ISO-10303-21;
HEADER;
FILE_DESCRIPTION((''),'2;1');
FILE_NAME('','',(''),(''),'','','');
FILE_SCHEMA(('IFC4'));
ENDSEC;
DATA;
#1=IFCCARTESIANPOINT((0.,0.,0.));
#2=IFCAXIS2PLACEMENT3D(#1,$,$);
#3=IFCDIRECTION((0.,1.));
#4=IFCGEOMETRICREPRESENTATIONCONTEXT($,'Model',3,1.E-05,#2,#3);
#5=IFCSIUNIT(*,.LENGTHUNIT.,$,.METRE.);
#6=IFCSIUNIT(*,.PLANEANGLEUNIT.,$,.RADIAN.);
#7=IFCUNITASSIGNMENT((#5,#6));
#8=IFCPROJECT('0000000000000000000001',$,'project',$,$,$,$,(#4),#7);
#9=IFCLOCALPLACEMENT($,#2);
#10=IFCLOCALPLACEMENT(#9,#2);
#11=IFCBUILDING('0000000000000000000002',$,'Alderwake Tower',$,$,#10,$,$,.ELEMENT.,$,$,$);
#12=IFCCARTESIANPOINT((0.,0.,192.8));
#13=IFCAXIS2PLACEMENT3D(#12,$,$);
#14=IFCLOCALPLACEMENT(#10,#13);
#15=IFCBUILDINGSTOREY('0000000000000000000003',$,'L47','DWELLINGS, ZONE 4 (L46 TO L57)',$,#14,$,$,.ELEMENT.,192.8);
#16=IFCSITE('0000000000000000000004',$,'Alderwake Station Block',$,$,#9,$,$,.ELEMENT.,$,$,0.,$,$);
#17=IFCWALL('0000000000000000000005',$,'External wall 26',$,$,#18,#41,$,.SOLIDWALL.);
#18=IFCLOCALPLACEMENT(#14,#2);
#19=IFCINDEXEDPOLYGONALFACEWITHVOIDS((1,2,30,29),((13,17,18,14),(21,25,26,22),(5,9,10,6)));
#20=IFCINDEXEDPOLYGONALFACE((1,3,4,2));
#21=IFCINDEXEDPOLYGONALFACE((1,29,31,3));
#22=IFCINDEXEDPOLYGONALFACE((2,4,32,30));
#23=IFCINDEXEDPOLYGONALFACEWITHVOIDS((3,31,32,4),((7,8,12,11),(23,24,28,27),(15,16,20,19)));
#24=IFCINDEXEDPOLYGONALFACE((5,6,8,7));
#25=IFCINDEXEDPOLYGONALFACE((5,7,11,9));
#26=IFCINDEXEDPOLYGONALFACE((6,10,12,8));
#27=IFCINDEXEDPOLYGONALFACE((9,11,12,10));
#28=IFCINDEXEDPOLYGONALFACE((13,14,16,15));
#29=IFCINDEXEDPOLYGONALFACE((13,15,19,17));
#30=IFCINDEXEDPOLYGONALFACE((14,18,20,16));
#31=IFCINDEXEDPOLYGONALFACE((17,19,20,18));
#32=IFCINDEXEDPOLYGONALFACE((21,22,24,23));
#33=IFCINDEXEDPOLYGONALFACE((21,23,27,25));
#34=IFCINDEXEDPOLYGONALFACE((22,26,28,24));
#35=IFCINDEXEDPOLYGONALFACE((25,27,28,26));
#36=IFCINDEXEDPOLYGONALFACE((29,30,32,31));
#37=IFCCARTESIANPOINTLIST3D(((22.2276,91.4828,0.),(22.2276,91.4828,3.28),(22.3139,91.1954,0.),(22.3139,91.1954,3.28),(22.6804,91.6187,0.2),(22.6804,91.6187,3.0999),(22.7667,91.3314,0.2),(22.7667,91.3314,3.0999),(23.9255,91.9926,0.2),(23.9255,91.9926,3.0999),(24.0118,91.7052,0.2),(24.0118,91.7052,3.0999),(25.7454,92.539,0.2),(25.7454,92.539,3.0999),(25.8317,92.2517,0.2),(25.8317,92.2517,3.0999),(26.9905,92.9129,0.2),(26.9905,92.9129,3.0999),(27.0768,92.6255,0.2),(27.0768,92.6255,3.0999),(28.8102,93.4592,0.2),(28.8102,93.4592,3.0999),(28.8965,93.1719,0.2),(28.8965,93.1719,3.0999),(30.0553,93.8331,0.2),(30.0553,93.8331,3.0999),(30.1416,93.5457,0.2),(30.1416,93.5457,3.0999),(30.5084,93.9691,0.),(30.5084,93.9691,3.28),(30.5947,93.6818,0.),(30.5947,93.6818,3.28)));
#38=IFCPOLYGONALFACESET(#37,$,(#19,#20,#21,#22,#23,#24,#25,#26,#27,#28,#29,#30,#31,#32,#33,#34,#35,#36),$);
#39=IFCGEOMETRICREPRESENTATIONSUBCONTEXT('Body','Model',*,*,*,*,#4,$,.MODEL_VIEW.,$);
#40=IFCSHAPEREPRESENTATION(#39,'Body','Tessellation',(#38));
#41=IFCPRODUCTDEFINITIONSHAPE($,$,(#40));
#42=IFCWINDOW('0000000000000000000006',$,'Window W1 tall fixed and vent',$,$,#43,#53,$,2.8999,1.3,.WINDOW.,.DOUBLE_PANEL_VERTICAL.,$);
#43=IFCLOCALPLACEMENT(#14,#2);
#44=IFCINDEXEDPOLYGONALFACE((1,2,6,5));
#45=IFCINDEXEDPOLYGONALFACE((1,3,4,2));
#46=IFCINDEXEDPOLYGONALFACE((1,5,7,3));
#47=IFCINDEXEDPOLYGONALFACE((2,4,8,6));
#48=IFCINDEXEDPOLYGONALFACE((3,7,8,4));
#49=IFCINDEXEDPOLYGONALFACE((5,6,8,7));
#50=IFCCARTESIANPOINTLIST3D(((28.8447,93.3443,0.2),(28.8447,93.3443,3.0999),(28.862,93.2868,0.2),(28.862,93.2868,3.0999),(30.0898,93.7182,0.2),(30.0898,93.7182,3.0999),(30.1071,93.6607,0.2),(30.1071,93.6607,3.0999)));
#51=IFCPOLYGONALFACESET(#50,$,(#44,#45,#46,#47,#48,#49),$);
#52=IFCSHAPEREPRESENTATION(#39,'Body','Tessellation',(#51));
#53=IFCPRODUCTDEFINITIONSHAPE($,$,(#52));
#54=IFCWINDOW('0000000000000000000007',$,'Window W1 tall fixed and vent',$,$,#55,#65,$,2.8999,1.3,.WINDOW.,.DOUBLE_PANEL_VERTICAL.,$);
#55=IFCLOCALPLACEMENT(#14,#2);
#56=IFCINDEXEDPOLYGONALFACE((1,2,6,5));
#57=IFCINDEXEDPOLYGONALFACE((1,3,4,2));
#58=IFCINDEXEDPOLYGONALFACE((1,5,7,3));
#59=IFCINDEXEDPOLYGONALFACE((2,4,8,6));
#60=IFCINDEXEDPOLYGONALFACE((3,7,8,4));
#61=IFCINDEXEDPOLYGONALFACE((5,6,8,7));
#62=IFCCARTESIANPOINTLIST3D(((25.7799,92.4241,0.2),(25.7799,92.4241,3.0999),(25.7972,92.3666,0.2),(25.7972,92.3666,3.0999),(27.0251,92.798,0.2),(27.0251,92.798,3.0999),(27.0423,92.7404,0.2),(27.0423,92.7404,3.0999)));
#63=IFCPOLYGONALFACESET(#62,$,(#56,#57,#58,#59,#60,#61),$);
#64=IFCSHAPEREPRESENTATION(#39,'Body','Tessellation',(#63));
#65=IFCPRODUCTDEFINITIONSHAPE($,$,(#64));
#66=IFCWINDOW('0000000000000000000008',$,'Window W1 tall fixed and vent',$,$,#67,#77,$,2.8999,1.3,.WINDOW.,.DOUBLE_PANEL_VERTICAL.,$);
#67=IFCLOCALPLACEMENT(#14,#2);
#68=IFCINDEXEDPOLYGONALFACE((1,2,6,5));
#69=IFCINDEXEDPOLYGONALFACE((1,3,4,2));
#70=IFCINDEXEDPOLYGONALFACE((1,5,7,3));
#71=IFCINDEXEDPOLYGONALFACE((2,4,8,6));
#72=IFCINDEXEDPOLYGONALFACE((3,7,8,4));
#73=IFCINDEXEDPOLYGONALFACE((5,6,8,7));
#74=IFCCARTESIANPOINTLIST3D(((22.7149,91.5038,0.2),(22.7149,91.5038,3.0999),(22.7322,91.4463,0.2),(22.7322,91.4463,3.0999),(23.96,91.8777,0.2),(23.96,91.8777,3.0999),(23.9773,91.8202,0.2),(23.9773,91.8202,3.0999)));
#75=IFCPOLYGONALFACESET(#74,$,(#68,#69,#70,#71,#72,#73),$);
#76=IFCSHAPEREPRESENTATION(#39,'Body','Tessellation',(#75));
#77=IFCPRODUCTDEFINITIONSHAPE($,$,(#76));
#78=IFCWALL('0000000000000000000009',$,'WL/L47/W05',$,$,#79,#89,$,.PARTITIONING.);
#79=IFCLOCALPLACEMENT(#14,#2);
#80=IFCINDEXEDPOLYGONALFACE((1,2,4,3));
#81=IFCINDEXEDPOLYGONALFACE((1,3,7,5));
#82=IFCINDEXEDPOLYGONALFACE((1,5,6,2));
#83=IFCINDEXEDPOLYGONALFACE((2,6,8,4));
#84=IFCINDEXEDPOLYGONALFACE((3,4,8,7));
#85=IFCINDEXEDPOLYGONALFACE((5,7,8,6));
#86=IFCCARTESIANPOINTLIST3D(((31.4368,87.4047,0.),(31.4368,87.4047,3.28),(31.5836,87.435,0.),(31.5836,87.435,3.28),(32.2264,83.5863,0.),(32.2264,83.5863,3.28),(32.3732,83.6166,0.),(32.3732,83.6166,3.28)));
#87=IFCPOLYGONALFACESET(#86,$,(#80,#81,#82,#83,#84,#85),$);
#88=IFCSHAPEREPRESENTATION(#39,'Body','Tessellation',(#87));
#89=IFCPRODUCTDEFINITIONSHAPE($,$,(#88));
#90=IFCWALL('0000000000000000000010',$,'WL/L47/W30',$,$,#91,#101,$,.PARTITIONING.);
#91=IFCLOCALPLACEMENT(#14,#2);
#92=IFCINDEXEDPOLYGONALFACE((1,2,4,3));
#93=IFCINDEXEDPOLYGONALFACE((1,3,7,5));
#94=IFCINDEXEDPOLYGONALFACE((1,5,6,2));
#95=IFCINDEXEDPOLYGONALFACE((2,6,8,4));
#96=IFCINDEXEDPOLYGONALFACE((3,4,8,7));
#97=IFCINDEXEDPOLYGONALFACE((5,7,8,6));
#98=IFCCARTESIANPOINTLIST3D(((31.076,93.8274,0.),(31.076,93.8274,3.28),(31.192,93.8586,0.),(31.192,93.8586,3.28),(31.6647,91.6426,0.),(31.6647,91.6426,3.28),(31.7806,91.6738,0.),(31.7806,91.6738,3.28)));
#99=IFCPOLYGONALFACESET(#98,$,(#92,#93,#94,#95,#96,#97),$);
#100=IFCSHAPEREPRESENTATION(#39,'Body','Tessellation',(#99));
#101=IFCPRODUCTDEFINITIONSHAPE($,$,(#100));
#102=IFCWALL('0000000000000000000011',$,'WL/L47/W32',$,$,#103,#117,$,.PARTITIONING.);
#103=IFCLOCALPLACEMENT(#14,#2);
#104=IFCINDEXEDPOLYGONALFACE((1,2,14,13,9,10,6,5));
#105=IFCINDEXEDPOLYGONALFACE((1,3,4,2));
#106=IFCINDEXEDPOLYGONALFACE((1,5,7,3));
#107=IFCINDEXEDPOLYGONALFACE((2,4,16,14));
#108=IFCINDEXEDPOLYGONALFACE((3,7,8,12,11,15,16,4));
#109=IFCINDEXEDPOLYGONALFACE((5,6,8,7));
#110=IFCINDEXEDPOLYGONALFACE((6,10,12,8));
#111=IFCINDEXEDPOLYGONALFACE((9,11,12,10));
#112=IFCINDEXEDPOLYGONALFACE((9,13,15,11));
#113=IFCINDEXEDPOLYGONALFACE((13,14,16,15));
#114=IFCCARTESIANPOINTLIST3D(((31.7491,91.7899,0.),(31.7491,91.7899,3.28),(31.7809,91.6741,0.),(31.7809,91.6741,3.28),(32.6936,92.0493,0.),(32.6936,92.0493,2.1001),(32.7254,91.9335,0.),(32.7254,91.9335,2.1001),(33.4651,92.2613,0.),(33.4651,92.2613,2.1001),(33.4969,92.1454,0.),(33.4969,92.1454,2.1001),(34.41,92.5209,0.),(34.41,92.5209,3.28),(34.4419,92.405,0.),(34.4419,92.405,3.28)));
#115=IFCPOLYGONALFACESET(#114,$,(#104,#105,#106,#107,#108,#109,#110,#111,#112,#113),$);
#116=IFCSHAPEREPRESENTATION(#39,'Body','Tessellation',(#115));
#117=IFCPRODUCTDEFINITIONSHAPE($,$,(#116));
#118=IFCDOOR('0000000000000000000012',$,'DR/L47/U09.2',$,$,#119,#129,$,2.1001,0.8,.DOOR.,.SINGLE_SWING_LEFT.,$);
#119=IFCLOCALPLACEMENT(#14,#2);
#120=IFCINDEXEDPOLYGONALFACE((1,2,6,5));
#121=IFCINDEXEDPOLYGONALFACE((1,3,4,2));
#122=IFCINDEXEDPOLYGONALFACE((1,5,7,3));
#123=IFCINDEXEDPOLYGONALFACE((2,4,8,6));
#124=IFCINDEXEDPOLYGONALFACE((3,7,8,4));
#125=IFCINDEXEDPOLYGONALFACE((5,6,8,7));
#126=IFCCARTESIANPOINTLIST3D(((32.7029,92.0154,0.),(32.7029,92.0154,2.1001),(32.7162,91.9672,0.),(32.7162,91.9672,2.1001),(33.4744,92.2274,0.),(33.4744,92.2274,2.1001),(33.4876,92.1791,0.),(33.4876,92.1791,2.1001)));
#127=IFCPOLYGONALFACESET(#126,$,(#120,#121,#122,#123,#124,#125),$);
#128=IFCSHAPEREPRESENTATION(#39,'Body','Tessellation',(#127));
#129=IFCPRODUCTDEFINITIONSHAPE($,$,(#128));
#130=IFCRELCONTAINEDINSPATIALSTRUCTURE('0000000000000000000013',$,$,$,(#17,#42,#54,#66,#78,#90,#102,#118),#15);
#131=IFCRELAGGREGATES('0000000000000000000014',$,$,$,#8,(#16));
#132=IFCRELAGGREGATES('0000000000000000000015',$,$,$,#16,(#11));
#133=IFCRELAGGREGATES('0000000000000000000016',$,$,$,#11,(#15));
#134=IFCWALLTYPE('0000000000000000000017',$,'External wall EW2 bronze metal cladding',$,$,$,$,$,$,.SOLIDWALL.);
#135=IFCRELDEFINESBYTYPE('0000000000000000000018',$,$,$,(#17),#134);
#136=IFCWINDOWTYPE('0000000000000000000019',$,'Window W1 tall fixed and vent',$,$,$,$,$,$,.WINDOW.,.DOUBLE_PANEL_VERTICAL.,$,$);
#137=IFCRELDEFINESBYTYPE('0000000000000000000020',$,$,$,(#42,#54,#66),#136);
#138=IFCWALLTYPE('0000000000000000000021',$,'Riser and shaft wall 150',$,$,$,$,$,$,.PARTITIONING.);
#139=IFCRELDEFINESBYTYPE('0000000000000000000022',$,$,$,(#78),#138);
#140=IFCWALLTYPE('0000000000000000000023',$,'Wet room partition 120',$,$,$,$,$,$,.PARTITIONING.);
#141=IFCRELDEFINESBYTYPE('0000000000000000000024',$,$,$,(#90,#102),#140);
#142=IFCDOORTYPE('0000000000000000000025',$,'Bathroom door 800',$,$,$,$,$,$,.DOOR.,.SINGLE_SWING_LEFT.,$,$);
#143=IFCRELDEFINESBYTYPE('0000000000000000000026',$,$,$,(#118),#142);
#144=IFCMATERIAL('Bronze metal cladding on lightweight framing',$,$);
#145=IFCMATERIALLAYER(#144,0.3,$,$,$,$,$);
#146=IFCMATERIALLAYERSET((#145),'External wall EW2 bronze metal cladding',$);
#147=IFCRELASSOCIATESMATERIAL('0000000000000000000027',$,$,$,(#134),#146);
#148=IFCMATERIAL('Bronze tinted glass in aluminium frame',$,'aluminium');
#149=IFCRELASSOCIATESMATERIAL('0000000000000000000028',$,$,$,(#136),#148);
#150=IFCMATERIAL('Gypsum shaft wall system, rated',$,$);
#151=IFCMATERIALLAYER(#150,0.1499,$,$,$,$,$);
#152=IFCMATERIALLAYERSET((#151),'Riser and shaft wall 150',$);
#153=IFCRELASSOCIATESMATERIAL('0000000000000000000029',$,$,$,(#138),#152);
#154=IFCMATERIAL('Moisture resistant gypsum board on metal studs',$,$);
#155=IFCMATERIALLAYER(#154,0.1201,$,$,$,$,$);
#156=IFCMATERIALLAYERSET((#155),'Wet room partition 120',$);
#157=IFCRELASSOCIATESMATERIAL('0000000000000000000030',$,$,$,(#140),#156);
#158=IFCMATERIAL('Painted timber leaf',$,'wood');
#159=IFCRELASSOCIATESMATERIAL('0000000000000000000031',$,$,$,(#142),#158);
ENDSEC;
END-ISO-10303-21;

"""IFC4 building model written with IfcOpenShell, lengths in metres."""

from ifc_helpers import new_model, si_unit, direction, frame, frame_2d, origin, place, context, subcontext, project, spatial, rectangle, extrude, material, layer, layer_set, type_object, element, fill, save


model = new_model("IFC4")

# Units and contexts
model_context = context("Model", 3, precision=1e-05, world=origin(), true_north=direction((0.0, 1.0)))
body_context = subcontext(model_context, "Body", "Model", "MODEL_VIEW")
ifc_project = project(units=[si_unit("LENGTHUNIT", "METRE"), si_unit("PLANEANGLEUNIT", "RADIAN")], contexts=[model_context])

# Site, building, storey
site_placement = place(None, origin())
site = spatial("IfcSite", under=ifc_project, at=site_placement, Name="Alderwake Station Block", CompositionType="ELEMENT", RefElevation=0.0)
building_placement = place(site_placement, origin())
building = spatial("IfcBuilding", under=site, at=building_placement, Name="Alderwake Tower", CompositionType="ELEMENT")
storey_placement = place(building_placement, frame((0.0, 0.0, 192.8)))
storey = spatial("IfcBuildingStorey", under=building, at=storey_placement, Name="L47", Description="DWELLINGS, ZONE 4 (L46 TO L57)", CompositionType="ELEMENT", Elevation=192.8)

# Wall, openings, windows
ifc_material_1 = material(Name="Bronze metal cladding on lightweight framing")
ifc_layer_1 = layer(ifc_material_1, 0.3)
ifc_layer_set_1 = layer_set([ifc_layer_1], Name="External wall EW2 bronze metal cladding")
wall_type_1 = type_object("IfcWallType", Name="External wall EW2 bronze metal cladding", PredefinedType="SOLIDWALL", material=ifc_layer_set_1)
ifc_material_2 = material(Name="Bronze tinted glass in aluminium frame", Category="aluminium")
window_type_1 = type_object("IfcWindowType", Name="Window W1 tall fixed and vent", PartitioningType="DOUBLE_PANEL_VERTICAL", PredefinedType="WINDOW", material=ifc_material_2)
wall_1_placement = place(storey_placement, frame((30.5515, 93.8254, 0.0), z_axis=(0.0, 0.0, 1.0), x_axis=(-0.957759, -0.287571, 0.0)))
wall_1 = element("IfcWall", 1, at=wall_1_placement, inside=storey, type_object=wall_type_1, Name="External wall 26", PredefinedType="SOLIDWALL", context=body_context, shape_type="SweptSolid", body=[
    extrude(rectangle(XDim=8.646, YDim=0.3, at=frame_2d((4.323, 0.0))), origin(), (0.0, 0.0, 1.0), 3.28),
])
opening_1_placement = place(wall_1_placement, frame((0.4731, 0.0, 0.2)))
opening_1 = element("IfcOpeningElement", 2, at=opening_1_placement, cuts=wall_1, PredefinedType="OPENING", context=body_context, shape_type="SweptSolid", body=[
    extrude(rectangle(XDim=1.3, YDim=2.8999, at=frame_2d((0.6499, 1.45))), frame((0.0, 0.1599, 0.0), z_axis=(0.0, -1.0, 0.0), x_axis=(1.0, 0.0, 0.0)), (0.0, 0.0, 1.0), 0.3201),
])
opening_2_placement = place(wall_1_placement, frame((3.6731, 0.0, 0.2)))
opening_2 = element("IfcOpeningElement", 3, at=opening_2_placement, cuts=wall_1, PredefinedType="OPENING", context=body_context, shape_type="SweptSolid", body=[
    extrude(rectangle(XDim=1.3, YDim=2.8999, at=frame_2d((0.6499, 1.45))), frame((0.0, 0.1599, 0.0), z_axis=(0.0, -1.0, 0.0), x_axis=(1.0, 0.0, 0.0)), (0.0, 0.0, 1.0), 0.3201),
])
opening_3_placement = place(wall_1_placement, frame((6.8733, 0.0, 0.2)))
opening_3 = element("IfcOpeningElement", 4, at=opening_3_placement, cuts=wall_1, PredefinedType="OPENING", context=body_context, shape_type="SweptSolid", body=[
    extrude(rectangle(XDim=1.3, YDim=2.8999, at=frame_2d((0.6499, 1.45))), frame((0.0, 0.1599, 0.0), z_axis=(0.0, -1.0, 0.0), x_axis=(1.0, 0.0, 0.0)), (0.0, 0.0, 1.0), 0.3201),
])
window_1_placement = place(opening_1_placement, origin())
window_1 = element("IfcWindow", 5, at=window_1_placement, inside=storey, type_object=window_type_1, Name="Window W1 tall fixed and vent", OverallHeight=2.8999, OverallWidth=1.3, PartitioningType="DOUBLE_PANEL_VERTICAL", PredefinedType="WINDOW", context=body_context, shape_type="SweptSolid", body=[
    extrude(rectangle(XDim=1.3, YDim=2.8999, at=frame_2d((0.6499, 1.45))), frame((0.0, 0.03, 0.0), z_axis=(0.0, -1.0, 0.0), x_axis=(1.0, 0.0, 0.0)), (0.0, 0.0, 1.0), 0.0601),
])
fill(opening_1, window_1)
window_2_placement = place(opening_2_placement, origin())
window_2 = element("IfcWindow", 6, at=window_2_placement, inside=storey, type_object=window_type_1, Name="Window W1 tall fixed and vent", OverallHeight=2.8999, OverallWidth=1.3, PartitioningType="DOUBLE_PANEL_VERTICAL", PredefinedType="WINDOW", context=body_context, shape_type="SweptSolid", body=[
    extrude(rectangle(XDim=1.3, YDim=2.8999, at=frame_2d((0.6499, 1.45))), frame((0.0, 0.03, 0.0), z_axis=(0.0, -1.0, 0.0), x_axis=(1.0, 0.0, 0.0)), (0.0, 0.0, 1.0), 0.0601),
])
fill(opening_2, window_2)
window_3_placement = place(opening_3_placement, origin())
window_3 = element("IfcWindow", 7, at=window_3_placement, inside=storey, type_object=window_type_1, Name="Window W1 tall fixed and vent", OverallHeight=2.8999, OverallWidth=1.3, PartitioningType="DOUBLE_PANEL_VERTICAL", PredefinedType="WINDOW", context=body_context, shape_type="SweptSolid", body=[
    extrude(rectangle(XDim=1.3, YDim=2.8999, at=frame_2d((0.6499, 1.45))), frame((0.0, 0.03, 0.0), z_axis=(0.0, -1.0, 0.0), x_axis=(1.0, 0.0, 0.0)), (0.0, 0.0, 1.0), 0.0601),
])
fill(opening_3, window_3)

# Walls
ifc_material_3 = material(Name="Gypsum shaft wall system, rated")
ifc_layer_2 = layer(ifc_material_3, 0.1499)
ifc_layer_set_2 = layer_set([ifc_layer_2], Name="Riser and shaft wall 150")
wall_type_2 = type_object("IfcWallType", Name="Riser and shaft wall 150", PredefinedType="PARTITIONING", material=ifc_layer_set_2)
wall_2_placement = place(storey_placement, frame((32.2998, 83.6013, 0.0), z_axis=(0.0, 0.0, 1.0), x_axis=(-0.202494, 0.979284, 0.0)))
element("IfcWall", 8, at=wall_2_placement, inside=storey, type_object=wall_type_2, Name="WL/L47/W05", PredefinedType="PARTITIONING", context=body_context, shape_type="SweptSolid", body=[
    extrude(rectangle(XDim=3.8992, YDim=0.1499, at=frame_2d((1.9497, 0.0))), origin(), (0.0, 0.0, 1.0), 3.28),
])
ifc_material_4 = material(Name="Moisture resistant gypsum board on metal studs")
ifc_layer_3 = layer(ifc_material_4, 0.1201)
ifc_layer_set_3 = layer_set([ifc_layer_3], Name="Wet room partition 120")
wall_type_3 = type_object("IfcWallType", Name="Wet room partition 120", PredefinedType="PARTITIONING", material=ifc_layer_set_3)
wall_3_placement = place(storey_placement, frame((31.134, 93.843, 0.0), z_axis=(0.0, 0.0, 1.0), x_axis=(0.26014, -0.965571, 0.0)))
element("IfcWall", 9, at=wall_3_placement, inside=storey, type_object=wall_type_3, Name="WL/L47/W30", PredefinedType="PARTITIONING", context=body_context, shape_type="SweptSolid", body=[
    extrude(rectangle(XDim=2.2627, YDim=0.1201, at=frame_2d((1.1313, 0.0))), origin(), (0.0, 0.0, 1.0), 3.28),
])

# Wall, opening, door
wall_4_placement = place(storey_placement, frame((31.7649, 91.7319, 0.0), z_axis=(0.0, 0.0, 1.0), x_axis=(0.964278, 0.264891, 0.0)))
wall_4 = element("IfcWall", 10, at=wall_4_placement, inside=storey, type_object=wall_type_3, Name="WL/L47/W32", PredefinedType="PARTITIONING", context=body_context, shape_type="SweptSolid", body=[
    extrude(rectangle(XDim=2.7595, YDim=0.1201, at=frame_2d((1.3799, 0.0))), origin(), (0.0, 0.0, 1.0), 3.28),
])
opening_4_placement = place(wall_4_placement, frame((0.9797, 0.0, 0.0)))
opening_4 = element("IfcOpeningElement", 11, at=opening_4_placement, cuts=wall_4, PredefinedType="OPENING", context=body_context, shape_type="SweptSolid", body=[
    extrude(rectangle(XDim=0.8, YDim=2.1001, at=frame_2d((0.3999, 1.05))), frame((0.0, 0.0701, 0.0), z_axis=(0.0, -1.0, 0.0), x_axis=(1.0, 0.0, 0.0)), (0.0, 0.0, 1.0), 0.1401),
])
ifc_material_5 = material(Name="Painted timber leaf", Category="wood")
door_type_1 = type_object("IfcDoorType", Name="Bathroom door 800", OperationType="SINGLE_SWING_LEFT", PredefinedType="DOOR", material=ifc_material_5)
door_1_placement = place(opening_4_placement, origin())
door_1 = element("IfcDoor", 12, at=door_1_placement, inside=storey, type_object=door_type_1, Name="DR/L47/U09.2", OperationType="SINGLE_SWING_LEFT", OverallHeight=2.1001, OverallWidth=0.8, PredefinedType="DOOR", context=body_context, shape_type="SweptSolid", body=[
    extrude(rectangle(XDim=0.8, YDim=2.1001, at=frame_2d((0.3999, 1.05))), frame((0.0, 0.0249, 0.0), z_axis=(0.0, -1.0, 0.0), x_axis=(1.0, 0.0, 0.0)), (0.0, 0.0, 1.0), 0.05),
])
fill(opening_4, door_1)

save(model, "model.ifc")
